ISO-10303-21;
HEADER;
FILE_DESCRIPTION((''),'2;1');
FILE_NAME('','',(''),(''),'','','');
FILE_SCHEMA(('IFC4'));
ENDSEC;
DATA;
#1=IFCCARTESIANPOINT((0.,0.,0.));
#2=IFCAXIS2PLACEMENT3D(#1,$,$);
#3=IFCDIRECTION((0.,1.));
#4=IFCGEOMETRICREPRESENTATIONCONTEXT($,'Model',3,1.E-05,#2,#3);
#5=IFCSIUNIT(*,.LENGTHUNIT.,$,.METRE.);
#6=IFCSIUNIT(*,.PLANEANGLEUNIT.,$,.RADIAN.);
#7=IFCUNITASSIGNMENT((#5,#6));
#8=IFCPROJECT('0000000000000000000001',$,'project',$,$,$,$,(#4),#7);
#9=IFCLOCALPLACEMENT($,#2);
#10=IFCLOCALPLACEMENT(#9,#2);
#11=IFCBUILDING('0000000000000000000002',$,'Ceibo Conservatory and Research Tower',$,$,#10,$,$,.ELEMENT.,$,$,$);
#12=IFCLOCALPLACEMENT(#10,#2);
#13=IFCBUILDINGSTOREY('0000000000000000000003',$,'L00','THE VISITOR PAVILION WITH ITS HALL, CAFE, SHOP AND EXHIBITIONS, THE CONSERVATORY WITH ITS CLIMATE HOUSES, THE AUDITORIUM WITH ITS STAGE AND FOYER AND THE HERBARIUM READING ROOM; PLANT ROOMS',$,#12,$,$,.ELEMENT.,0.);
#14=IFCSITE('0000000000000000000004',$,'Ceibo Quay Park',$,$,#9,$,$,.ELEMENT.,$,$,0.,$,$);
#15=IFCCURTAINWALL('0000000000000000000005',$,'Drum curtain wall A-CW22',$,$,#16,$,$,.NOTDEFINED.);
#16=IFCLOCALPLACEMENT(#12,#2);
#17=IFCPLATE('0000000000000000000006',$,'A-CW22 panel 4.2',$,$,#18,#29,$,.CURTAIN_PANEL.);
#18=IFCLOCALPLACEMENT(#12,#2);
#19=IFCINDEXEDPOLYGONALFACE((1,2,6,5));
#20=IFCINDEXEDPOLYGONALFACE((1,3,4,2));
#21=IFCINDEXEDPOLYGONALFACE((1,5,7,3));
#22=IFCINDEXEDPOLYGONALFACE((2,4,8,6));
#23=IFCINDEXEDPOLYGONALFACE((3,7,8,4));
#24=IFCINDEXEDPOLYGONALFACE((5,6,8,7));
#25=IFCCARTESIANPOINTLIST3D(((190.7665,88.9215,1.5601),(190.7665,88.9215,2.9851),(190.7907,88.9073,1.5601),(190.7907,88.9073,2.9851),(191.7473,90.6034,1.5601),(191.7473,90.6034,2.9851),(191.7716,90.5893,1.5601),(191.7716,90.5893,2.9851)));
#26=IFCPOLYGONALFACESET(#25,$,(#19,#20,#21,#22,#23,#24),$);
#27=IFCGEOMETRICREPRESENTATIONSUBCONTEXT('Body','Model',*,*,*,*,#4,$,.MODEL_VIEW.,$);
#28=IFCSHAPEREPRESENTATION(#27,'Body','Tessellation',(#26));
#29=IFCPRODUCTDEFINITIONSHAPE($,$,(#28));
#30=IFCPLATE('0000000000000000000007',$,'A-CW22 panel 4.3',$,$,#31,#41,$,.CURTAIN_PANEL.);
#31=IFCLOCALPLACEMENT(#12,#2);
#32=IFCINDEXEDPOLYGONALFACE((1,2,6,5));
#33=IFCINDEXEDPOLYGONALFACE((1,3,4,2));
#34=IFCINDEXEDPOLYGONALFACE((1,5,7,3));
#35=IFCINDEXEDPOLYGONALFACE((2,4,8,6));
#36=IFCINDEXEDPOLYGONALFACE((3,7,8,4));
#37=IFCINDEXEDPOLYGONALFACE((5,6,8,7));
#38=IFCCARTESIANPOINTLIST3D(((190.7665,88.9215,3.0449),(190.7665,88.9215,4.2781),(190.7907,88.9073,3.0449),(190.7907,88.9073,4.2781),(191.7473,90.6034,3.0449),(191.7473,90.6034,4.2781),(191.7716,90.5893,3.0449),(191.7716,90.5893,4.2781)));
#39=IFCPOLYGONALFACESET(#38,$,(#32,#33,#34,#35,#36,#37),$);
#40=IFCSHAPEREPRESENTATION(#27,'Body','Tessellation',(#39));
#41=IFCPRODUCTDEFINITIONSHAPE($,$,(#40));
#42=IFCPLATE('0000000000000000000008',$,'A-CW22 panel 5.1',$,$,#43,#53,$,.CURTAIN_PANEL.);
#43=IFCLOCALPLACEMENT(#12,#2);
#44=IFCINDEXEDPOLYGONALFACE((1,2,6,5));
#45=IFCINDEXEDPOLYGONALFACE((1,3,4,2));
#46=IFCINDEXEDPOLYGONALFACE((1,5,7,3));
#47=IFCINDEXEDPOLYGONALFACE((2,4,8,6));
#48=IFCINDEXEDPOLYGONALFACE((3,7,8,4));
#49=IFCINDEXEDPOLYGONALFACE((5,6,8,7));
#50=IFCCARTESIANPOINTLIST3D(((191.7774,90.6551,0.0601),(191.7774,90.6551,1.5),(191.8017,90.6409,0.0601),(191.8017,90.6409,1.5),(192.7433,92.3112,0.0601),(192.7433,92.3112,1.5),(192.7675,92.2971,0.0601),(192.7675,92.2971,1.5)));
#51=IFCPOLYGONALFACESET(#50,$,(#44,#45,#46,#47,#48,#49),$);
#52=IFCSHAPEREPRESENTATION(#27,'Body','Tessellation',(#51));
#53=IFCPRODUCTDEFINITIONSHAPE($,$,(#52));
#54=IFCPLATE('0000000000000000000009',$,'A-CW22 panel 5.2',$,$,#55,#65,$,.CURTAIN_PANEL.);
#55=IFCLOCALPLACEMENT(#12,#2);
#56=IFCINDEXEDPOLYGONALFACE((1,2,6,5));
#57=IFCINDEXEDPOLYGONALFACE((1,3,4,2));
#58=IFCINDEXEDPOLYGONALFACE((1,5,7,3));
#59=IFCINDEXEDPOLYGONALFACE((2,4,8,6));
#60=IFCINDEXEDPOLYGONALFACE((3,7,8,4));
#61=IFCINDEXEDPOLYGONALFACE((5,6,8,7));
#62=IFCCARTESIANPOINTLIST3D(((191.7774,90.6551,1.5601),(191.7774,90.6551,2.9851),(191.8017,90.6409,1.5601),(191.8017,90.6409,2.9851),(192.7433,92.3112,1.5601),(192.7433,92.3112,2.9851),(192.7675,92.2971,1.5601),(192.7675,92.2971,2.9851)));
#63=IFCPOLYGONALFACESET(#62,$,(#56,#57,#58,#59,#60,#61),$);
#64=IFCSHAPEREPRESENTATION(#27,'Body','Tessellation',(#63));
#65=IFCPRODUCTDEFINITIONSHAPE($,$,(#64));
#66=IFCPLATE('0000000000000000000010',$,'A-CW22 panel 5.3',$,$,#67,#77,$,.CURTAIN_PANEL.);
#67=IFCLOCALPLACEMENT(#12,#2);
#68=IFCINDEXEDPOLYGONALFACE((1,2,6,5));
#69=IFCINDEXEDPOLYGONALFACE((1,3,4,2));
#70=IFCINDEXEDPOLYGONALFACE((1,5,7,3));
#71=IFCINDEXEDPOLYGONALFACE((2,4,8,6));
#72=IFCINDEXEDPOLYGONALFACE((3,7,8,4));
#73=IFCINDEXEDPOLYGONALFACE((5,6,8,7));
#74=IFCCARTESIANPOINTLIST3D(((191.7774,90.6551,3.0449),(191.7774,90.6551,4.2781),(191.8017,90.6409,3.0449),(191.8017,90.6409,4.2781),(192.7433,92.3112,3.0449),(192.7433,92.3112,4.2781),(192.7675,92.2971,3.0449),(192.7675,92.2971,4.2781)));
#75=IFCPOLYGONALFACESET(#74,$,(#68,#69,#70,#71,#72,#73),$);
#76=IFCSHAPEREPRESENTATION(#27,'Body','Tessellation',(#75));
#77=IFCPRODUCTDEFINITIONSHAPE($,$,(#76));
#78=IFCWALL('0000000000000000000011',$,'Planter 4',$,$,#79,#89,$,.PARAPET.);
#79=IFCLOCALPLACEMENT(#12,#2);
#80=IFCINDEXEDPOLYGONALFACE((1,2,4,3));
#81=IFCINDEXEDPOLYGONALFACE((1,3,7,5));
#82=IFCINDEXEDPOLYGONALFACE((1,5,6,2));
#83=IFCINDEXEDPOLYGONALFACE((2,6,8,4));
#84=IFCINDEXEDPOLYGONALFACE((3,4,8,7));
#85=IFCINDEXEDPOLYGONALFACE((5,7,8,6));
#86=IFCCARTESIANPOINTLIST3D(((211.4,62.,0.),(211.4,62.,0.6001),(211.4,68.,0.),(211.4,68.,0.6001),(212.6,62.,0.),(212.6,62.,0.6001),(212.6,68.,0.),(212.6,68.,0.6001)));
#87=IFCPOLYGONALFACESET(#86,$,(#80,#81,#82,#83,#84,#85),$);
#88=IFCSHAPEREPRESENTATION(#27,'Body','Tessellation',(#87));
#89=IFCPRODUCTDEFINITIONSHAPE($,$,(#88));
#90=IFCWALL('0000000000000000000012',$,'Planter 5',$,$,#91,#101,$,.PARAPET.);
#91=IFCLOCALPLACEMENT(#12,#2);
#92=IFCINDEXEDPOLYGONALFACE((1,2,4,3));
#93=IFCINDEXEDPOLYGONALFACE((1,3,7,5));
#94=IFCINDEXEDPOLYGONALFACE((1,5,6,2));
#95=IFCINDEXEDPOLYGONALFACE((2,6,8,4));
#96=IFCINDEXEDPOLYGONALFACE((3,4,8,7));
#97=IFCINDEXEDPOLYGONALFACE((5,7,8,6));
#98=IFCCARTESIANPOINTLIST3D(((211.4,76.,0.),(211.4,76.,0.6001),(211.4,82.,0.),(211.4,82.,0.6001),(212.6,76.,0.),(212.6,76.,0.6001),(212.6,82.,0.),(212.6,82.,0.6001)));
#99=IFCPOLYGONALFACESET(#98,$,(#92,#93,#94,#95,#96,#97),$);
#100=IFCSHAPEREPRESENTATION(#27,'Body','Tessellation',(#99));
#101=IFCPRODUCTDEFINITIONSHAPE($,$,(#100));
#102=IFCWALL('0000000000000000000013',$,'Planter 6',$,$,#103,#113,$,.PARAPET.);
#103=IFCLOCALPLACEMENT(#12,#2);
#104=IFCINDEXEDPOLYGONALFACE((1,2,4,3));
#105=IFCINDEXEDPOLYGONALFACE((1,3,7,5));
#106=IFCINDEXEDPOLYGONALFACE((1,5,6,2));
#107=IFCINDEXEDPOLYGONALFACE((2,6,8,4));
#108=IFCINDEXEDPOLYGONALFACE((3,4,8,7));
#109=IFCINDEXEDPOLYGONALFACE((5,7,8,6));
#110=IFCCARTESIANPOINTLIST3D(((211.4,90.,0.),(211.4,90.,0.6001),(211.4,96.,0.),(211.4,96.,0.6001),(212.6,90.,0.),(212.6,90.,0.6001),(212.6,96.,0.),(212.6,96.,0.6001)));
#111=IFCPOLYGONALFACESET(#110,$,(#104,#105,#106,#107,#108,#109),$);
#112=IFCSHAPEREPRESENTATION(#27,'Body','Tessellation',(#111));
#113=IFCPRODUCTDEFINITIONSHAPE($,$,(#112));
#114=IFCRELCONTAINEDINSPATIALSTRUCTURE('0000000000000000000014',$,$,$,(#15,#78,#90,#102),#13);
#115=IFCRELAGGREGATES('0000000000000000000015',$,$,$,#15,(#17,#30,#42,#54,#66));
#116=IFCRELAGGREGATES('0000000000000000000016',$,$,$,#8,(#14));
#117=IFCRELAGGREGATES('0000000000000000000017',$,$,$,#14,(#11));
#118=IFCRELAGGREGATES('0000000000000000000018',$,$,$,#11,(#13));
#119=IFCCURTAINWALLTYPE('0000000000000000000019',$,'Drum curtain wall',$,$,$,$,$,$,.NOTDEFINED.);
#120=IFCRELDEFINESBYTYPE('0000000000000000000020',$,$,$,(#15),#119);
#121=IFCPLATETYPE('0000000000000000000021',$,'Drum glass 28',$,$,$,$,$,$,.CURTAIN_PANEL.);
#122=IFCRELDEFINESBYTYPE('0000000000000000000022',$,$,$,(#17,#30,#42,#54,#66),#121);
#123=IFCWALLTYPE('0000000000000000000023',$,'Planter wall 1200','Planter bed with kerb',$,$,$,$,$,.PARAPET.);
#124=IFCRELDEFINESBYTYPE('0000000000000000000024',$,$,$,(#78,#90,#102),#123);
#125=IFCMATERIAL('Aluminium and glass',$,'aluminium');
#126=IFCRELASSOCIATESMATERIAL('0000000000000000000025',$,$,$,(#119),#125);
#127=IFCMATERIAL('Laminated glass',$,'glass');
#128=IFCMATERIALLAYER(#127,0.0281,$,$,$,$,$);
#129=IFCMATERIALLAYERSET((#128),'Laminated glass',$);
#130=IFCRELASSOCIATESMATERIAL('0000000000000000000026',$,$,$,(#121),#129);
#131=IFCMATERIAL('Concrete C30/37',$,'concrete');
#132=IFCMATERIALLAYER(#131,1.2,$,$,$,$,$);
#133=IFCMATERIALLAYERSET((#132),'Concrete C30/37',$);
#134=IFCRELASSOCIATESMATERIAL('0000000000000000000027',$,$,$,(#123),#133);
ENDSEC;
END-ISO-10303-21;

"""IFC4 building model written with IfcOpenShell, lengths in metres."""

from ifc_helpers import new_model, si_unit, direction, frame, frame_2d, origin, origin_2d, place, context, subcontext, project, spatial, rectangle, extrude, material, layer, layer_set, type_object, element, aggregate, save


model = new_model("IFC4")

# Units and contexts
model_context = context("Model", 3, precision=1e-05, world=origin(), true_north=direction((0.0, 1.0)))
body_context = subcontext(model_context, "Body", "Model", "MODEL_VIEW")
ifc_project = project(units=[si_unit("LENGTHUNIT", "METRE"), si_unit("PLANEANGLEUNIT", "RADIAN")], contexts=[model_context])

# Site, building, storey
site_placement = place(None, origin())
site = spatial("IfcSite", under=ifc_project, at=site_placement, Name="Ceibo Quay Park", CompositionType="ELEMENT", RefElevation=0.0)
building_placement = place(site_placement, origin())
building = spatial("IfcBuilding", under=site, at=building_placement, Name="Ceibo Conservatory and Research Tower", CompositionType="ELEMENT")
storey_placement = place(building_placement, origin())
storey = spatial("IfcBuildingStorey", under=building, at=storey_placement, Name="L00", Description="THE VISITOR PAVILION WITH ITS HALL, CAFE, SHOP AND EXHIBITIONS, THE CONSERVATORY WITH ITS CLIMATE HOUSES, THE AUDITORIUM WITH ITS STAGE AND FOYER AND THE HERBARIUM READING ROOM; PLANT ROOMS", CompositionType="ELEMENT", Elevation=0.0)

# Curtain wall, plates
ifc_material_1 = material(Name="Aluminium and glass", Category="aluminium")
curtain_wall_type = type_object("IfcCurtainWallType", Name="Drum curtain wall", PredefinedType="NOTDEFINED", material=ifc_material_1)
curtain_wall_placement = place(storey_placement, origin())
curtain_wall = element("IfcCurtainWall", 1, at=curtain_wall_placement, inside=storey, type_object=curtain_wall_type, Name="Drum curtain wall A-CW22", PredefinedType="NOTDEFINED")
ifc_material_2 = material(Name="Laminated glass", Category="glass")
ifc_layer_1 = layer(ifc_material_2, 0.0281)
ifc_layer_set_1 = layer_set([ifc_layer_1], Name="Laminated glass")
plate_type = type_object("IfcPlateType", Name="Drum glass 28", PredefinedType="CURTAIN_PANEL", material=ifc_layer_set_1)
plate_1_placement = place(storey_placement, frame((191.269, 89.7554, 1.5601), z_axis=(0.0, 0.0, 1.0), x_axis=(0.503774, 0.863836, 0.0)))
plate_1 = element("IfcPlate", 2, at=plate_1_placement, type_object=plate_type, Name="A-CW22 panel 4.2", PredefinedType="CURTAIN_PANEL", context=body_context, shape_type="SweptSolid", body=[
    extrude(rectangle(XDim=1.947, YDim=0.0281, at=origin_2d()), origin(), (0.0, 0.0, 1.0), 1.425),
])
plate_2_placement = place(storey_placement, frame((191.269, 89.7554, 3.0449), z_axis=(0.0, 0.0, 1.0), x_axis=(0.503774, 0.863836, 0.0)))
plate_2 = element("IfcPlate", 3, at=plate_2_placement, type_object=plate_type, Name="A-CW22 panel 4.3", PredefinedType="CURTAIN_PANEL", context=body_context, shape_type="SweptSolid", body=[
    extrude(rectangle(XDim=1.947, YDim=0.0281, at=origin_2d()), origin(), (0.0, 0.0, 1.0), 1.2332),
])
plate_3_placement = place(storey_placement, frame((192.2725, 91.4761, 0.0601), z_axis=(0.0, 0.0, 1.0), x_axis=(0.503774, 0.863836, 0.0)))
plate_3 = element("IfcPlate", 4, at=plate_3_placement, type_object=plate_type, Name="A-CW22 panel 5.1", PredefinedType="CURTAIN_PANEL", context=body_context, shape_type="SweptSolid", body=[
    extrude(rectangle(XDim=1.9172, YDim=0.0281, at=origin_2d()), origin(), (0.0, 0.0, 1.0), 1.4399),
])
plate_4_placement = place(storey_placement, frame((192.2725, 91.4761, 1.5601), z_axis=(0.0, 0.0, 1.0), x_axis=(0.503774, 0.863836, 0.0)))
plate_4 = element("IfcPlate", 5, at=plate_4_placement, type_object=plate_type, Name="A-CW22 panel 5.2", PredefinedType="CURTAIN_PANEL", context=body_context, shape_type="SweptSolid", body=[
    extrude(rectangle(XDim=1.9172, YDim=0.0281, at=origin_2d()), origin(), (0.0, 0.0, 1.0), 1.425),
])
plate_5_placement = place(storey_placement, frame((192.2725, 91.4761, 3.0449), z_axis=(0.0, 0.0, 1.0), x_axis=(0.503774, 0.863836, 0.0)))
plate_5 = element("IfcPlate", 6, at=plate_5_placement, type_object=plate_type, Name="A-CW22 panel 5.3", PredefinedType="CURTAIN_PANEL", context=body_context, shape_type="SweptSolid", body=[
    extrude(rectangle(XDim=1.9172, YDim=0.0281, at=origin_2d()), origin(), (0.0, 0.0, 1.0), 1.2332),
])
aggregate(curtain_wall, [plate_1, plate_2, plate_3, plate_4, plate_5])

# Walls
ifc_material_3 = material(Name="Concrete C30/37", Category="concrete")
ifc_layer_2 = layer(ifc_material_3, 1.2)
ifc_layer_set_2 = layer_set([ifc_layer_2], Name="Concrete C30/37")
wall_type = type_object("IfcWallType", Name="Planter wall 1200", Description="Planter bed with kerb", PredefinedType="PARAPET", material=ifc_layer_set_2)
for number, where, z_axis, x_axis, name in (
    (7, (212.0, 62.0, 0.0), (0.0, 0.0, 1.0), (0.0, 1.0, 0.0), "Planter 4"),
    (8, (212.0, 76.0, 0.0), (0.0, 0.0, 1.0), (0.0, 1.0, 0.0), "Planter 5"),
    (9, (212.0, 90.0, 0.0), (0.0, 0.0, 1.0), (0.0, 1.0, 0.0), "Planter 6"),
):
    element("IfcWall", number, at=place(storey_placement, frame(where, z_axis=z_axis, x_axis=x_axis)), inside=storey, type_object=wall_type, Name=name, PredefinedType="PARAPET", context=body_context, shape_type="SweptSolid", body=[
        extrude(rectangle(XDim=6.0, YDim=1.2, at=frame_2d((3.0, 0.0))), origin(), (0.0, 0.0, 1.0), 0.6001),
    ])

save(model, "model.ifc")
